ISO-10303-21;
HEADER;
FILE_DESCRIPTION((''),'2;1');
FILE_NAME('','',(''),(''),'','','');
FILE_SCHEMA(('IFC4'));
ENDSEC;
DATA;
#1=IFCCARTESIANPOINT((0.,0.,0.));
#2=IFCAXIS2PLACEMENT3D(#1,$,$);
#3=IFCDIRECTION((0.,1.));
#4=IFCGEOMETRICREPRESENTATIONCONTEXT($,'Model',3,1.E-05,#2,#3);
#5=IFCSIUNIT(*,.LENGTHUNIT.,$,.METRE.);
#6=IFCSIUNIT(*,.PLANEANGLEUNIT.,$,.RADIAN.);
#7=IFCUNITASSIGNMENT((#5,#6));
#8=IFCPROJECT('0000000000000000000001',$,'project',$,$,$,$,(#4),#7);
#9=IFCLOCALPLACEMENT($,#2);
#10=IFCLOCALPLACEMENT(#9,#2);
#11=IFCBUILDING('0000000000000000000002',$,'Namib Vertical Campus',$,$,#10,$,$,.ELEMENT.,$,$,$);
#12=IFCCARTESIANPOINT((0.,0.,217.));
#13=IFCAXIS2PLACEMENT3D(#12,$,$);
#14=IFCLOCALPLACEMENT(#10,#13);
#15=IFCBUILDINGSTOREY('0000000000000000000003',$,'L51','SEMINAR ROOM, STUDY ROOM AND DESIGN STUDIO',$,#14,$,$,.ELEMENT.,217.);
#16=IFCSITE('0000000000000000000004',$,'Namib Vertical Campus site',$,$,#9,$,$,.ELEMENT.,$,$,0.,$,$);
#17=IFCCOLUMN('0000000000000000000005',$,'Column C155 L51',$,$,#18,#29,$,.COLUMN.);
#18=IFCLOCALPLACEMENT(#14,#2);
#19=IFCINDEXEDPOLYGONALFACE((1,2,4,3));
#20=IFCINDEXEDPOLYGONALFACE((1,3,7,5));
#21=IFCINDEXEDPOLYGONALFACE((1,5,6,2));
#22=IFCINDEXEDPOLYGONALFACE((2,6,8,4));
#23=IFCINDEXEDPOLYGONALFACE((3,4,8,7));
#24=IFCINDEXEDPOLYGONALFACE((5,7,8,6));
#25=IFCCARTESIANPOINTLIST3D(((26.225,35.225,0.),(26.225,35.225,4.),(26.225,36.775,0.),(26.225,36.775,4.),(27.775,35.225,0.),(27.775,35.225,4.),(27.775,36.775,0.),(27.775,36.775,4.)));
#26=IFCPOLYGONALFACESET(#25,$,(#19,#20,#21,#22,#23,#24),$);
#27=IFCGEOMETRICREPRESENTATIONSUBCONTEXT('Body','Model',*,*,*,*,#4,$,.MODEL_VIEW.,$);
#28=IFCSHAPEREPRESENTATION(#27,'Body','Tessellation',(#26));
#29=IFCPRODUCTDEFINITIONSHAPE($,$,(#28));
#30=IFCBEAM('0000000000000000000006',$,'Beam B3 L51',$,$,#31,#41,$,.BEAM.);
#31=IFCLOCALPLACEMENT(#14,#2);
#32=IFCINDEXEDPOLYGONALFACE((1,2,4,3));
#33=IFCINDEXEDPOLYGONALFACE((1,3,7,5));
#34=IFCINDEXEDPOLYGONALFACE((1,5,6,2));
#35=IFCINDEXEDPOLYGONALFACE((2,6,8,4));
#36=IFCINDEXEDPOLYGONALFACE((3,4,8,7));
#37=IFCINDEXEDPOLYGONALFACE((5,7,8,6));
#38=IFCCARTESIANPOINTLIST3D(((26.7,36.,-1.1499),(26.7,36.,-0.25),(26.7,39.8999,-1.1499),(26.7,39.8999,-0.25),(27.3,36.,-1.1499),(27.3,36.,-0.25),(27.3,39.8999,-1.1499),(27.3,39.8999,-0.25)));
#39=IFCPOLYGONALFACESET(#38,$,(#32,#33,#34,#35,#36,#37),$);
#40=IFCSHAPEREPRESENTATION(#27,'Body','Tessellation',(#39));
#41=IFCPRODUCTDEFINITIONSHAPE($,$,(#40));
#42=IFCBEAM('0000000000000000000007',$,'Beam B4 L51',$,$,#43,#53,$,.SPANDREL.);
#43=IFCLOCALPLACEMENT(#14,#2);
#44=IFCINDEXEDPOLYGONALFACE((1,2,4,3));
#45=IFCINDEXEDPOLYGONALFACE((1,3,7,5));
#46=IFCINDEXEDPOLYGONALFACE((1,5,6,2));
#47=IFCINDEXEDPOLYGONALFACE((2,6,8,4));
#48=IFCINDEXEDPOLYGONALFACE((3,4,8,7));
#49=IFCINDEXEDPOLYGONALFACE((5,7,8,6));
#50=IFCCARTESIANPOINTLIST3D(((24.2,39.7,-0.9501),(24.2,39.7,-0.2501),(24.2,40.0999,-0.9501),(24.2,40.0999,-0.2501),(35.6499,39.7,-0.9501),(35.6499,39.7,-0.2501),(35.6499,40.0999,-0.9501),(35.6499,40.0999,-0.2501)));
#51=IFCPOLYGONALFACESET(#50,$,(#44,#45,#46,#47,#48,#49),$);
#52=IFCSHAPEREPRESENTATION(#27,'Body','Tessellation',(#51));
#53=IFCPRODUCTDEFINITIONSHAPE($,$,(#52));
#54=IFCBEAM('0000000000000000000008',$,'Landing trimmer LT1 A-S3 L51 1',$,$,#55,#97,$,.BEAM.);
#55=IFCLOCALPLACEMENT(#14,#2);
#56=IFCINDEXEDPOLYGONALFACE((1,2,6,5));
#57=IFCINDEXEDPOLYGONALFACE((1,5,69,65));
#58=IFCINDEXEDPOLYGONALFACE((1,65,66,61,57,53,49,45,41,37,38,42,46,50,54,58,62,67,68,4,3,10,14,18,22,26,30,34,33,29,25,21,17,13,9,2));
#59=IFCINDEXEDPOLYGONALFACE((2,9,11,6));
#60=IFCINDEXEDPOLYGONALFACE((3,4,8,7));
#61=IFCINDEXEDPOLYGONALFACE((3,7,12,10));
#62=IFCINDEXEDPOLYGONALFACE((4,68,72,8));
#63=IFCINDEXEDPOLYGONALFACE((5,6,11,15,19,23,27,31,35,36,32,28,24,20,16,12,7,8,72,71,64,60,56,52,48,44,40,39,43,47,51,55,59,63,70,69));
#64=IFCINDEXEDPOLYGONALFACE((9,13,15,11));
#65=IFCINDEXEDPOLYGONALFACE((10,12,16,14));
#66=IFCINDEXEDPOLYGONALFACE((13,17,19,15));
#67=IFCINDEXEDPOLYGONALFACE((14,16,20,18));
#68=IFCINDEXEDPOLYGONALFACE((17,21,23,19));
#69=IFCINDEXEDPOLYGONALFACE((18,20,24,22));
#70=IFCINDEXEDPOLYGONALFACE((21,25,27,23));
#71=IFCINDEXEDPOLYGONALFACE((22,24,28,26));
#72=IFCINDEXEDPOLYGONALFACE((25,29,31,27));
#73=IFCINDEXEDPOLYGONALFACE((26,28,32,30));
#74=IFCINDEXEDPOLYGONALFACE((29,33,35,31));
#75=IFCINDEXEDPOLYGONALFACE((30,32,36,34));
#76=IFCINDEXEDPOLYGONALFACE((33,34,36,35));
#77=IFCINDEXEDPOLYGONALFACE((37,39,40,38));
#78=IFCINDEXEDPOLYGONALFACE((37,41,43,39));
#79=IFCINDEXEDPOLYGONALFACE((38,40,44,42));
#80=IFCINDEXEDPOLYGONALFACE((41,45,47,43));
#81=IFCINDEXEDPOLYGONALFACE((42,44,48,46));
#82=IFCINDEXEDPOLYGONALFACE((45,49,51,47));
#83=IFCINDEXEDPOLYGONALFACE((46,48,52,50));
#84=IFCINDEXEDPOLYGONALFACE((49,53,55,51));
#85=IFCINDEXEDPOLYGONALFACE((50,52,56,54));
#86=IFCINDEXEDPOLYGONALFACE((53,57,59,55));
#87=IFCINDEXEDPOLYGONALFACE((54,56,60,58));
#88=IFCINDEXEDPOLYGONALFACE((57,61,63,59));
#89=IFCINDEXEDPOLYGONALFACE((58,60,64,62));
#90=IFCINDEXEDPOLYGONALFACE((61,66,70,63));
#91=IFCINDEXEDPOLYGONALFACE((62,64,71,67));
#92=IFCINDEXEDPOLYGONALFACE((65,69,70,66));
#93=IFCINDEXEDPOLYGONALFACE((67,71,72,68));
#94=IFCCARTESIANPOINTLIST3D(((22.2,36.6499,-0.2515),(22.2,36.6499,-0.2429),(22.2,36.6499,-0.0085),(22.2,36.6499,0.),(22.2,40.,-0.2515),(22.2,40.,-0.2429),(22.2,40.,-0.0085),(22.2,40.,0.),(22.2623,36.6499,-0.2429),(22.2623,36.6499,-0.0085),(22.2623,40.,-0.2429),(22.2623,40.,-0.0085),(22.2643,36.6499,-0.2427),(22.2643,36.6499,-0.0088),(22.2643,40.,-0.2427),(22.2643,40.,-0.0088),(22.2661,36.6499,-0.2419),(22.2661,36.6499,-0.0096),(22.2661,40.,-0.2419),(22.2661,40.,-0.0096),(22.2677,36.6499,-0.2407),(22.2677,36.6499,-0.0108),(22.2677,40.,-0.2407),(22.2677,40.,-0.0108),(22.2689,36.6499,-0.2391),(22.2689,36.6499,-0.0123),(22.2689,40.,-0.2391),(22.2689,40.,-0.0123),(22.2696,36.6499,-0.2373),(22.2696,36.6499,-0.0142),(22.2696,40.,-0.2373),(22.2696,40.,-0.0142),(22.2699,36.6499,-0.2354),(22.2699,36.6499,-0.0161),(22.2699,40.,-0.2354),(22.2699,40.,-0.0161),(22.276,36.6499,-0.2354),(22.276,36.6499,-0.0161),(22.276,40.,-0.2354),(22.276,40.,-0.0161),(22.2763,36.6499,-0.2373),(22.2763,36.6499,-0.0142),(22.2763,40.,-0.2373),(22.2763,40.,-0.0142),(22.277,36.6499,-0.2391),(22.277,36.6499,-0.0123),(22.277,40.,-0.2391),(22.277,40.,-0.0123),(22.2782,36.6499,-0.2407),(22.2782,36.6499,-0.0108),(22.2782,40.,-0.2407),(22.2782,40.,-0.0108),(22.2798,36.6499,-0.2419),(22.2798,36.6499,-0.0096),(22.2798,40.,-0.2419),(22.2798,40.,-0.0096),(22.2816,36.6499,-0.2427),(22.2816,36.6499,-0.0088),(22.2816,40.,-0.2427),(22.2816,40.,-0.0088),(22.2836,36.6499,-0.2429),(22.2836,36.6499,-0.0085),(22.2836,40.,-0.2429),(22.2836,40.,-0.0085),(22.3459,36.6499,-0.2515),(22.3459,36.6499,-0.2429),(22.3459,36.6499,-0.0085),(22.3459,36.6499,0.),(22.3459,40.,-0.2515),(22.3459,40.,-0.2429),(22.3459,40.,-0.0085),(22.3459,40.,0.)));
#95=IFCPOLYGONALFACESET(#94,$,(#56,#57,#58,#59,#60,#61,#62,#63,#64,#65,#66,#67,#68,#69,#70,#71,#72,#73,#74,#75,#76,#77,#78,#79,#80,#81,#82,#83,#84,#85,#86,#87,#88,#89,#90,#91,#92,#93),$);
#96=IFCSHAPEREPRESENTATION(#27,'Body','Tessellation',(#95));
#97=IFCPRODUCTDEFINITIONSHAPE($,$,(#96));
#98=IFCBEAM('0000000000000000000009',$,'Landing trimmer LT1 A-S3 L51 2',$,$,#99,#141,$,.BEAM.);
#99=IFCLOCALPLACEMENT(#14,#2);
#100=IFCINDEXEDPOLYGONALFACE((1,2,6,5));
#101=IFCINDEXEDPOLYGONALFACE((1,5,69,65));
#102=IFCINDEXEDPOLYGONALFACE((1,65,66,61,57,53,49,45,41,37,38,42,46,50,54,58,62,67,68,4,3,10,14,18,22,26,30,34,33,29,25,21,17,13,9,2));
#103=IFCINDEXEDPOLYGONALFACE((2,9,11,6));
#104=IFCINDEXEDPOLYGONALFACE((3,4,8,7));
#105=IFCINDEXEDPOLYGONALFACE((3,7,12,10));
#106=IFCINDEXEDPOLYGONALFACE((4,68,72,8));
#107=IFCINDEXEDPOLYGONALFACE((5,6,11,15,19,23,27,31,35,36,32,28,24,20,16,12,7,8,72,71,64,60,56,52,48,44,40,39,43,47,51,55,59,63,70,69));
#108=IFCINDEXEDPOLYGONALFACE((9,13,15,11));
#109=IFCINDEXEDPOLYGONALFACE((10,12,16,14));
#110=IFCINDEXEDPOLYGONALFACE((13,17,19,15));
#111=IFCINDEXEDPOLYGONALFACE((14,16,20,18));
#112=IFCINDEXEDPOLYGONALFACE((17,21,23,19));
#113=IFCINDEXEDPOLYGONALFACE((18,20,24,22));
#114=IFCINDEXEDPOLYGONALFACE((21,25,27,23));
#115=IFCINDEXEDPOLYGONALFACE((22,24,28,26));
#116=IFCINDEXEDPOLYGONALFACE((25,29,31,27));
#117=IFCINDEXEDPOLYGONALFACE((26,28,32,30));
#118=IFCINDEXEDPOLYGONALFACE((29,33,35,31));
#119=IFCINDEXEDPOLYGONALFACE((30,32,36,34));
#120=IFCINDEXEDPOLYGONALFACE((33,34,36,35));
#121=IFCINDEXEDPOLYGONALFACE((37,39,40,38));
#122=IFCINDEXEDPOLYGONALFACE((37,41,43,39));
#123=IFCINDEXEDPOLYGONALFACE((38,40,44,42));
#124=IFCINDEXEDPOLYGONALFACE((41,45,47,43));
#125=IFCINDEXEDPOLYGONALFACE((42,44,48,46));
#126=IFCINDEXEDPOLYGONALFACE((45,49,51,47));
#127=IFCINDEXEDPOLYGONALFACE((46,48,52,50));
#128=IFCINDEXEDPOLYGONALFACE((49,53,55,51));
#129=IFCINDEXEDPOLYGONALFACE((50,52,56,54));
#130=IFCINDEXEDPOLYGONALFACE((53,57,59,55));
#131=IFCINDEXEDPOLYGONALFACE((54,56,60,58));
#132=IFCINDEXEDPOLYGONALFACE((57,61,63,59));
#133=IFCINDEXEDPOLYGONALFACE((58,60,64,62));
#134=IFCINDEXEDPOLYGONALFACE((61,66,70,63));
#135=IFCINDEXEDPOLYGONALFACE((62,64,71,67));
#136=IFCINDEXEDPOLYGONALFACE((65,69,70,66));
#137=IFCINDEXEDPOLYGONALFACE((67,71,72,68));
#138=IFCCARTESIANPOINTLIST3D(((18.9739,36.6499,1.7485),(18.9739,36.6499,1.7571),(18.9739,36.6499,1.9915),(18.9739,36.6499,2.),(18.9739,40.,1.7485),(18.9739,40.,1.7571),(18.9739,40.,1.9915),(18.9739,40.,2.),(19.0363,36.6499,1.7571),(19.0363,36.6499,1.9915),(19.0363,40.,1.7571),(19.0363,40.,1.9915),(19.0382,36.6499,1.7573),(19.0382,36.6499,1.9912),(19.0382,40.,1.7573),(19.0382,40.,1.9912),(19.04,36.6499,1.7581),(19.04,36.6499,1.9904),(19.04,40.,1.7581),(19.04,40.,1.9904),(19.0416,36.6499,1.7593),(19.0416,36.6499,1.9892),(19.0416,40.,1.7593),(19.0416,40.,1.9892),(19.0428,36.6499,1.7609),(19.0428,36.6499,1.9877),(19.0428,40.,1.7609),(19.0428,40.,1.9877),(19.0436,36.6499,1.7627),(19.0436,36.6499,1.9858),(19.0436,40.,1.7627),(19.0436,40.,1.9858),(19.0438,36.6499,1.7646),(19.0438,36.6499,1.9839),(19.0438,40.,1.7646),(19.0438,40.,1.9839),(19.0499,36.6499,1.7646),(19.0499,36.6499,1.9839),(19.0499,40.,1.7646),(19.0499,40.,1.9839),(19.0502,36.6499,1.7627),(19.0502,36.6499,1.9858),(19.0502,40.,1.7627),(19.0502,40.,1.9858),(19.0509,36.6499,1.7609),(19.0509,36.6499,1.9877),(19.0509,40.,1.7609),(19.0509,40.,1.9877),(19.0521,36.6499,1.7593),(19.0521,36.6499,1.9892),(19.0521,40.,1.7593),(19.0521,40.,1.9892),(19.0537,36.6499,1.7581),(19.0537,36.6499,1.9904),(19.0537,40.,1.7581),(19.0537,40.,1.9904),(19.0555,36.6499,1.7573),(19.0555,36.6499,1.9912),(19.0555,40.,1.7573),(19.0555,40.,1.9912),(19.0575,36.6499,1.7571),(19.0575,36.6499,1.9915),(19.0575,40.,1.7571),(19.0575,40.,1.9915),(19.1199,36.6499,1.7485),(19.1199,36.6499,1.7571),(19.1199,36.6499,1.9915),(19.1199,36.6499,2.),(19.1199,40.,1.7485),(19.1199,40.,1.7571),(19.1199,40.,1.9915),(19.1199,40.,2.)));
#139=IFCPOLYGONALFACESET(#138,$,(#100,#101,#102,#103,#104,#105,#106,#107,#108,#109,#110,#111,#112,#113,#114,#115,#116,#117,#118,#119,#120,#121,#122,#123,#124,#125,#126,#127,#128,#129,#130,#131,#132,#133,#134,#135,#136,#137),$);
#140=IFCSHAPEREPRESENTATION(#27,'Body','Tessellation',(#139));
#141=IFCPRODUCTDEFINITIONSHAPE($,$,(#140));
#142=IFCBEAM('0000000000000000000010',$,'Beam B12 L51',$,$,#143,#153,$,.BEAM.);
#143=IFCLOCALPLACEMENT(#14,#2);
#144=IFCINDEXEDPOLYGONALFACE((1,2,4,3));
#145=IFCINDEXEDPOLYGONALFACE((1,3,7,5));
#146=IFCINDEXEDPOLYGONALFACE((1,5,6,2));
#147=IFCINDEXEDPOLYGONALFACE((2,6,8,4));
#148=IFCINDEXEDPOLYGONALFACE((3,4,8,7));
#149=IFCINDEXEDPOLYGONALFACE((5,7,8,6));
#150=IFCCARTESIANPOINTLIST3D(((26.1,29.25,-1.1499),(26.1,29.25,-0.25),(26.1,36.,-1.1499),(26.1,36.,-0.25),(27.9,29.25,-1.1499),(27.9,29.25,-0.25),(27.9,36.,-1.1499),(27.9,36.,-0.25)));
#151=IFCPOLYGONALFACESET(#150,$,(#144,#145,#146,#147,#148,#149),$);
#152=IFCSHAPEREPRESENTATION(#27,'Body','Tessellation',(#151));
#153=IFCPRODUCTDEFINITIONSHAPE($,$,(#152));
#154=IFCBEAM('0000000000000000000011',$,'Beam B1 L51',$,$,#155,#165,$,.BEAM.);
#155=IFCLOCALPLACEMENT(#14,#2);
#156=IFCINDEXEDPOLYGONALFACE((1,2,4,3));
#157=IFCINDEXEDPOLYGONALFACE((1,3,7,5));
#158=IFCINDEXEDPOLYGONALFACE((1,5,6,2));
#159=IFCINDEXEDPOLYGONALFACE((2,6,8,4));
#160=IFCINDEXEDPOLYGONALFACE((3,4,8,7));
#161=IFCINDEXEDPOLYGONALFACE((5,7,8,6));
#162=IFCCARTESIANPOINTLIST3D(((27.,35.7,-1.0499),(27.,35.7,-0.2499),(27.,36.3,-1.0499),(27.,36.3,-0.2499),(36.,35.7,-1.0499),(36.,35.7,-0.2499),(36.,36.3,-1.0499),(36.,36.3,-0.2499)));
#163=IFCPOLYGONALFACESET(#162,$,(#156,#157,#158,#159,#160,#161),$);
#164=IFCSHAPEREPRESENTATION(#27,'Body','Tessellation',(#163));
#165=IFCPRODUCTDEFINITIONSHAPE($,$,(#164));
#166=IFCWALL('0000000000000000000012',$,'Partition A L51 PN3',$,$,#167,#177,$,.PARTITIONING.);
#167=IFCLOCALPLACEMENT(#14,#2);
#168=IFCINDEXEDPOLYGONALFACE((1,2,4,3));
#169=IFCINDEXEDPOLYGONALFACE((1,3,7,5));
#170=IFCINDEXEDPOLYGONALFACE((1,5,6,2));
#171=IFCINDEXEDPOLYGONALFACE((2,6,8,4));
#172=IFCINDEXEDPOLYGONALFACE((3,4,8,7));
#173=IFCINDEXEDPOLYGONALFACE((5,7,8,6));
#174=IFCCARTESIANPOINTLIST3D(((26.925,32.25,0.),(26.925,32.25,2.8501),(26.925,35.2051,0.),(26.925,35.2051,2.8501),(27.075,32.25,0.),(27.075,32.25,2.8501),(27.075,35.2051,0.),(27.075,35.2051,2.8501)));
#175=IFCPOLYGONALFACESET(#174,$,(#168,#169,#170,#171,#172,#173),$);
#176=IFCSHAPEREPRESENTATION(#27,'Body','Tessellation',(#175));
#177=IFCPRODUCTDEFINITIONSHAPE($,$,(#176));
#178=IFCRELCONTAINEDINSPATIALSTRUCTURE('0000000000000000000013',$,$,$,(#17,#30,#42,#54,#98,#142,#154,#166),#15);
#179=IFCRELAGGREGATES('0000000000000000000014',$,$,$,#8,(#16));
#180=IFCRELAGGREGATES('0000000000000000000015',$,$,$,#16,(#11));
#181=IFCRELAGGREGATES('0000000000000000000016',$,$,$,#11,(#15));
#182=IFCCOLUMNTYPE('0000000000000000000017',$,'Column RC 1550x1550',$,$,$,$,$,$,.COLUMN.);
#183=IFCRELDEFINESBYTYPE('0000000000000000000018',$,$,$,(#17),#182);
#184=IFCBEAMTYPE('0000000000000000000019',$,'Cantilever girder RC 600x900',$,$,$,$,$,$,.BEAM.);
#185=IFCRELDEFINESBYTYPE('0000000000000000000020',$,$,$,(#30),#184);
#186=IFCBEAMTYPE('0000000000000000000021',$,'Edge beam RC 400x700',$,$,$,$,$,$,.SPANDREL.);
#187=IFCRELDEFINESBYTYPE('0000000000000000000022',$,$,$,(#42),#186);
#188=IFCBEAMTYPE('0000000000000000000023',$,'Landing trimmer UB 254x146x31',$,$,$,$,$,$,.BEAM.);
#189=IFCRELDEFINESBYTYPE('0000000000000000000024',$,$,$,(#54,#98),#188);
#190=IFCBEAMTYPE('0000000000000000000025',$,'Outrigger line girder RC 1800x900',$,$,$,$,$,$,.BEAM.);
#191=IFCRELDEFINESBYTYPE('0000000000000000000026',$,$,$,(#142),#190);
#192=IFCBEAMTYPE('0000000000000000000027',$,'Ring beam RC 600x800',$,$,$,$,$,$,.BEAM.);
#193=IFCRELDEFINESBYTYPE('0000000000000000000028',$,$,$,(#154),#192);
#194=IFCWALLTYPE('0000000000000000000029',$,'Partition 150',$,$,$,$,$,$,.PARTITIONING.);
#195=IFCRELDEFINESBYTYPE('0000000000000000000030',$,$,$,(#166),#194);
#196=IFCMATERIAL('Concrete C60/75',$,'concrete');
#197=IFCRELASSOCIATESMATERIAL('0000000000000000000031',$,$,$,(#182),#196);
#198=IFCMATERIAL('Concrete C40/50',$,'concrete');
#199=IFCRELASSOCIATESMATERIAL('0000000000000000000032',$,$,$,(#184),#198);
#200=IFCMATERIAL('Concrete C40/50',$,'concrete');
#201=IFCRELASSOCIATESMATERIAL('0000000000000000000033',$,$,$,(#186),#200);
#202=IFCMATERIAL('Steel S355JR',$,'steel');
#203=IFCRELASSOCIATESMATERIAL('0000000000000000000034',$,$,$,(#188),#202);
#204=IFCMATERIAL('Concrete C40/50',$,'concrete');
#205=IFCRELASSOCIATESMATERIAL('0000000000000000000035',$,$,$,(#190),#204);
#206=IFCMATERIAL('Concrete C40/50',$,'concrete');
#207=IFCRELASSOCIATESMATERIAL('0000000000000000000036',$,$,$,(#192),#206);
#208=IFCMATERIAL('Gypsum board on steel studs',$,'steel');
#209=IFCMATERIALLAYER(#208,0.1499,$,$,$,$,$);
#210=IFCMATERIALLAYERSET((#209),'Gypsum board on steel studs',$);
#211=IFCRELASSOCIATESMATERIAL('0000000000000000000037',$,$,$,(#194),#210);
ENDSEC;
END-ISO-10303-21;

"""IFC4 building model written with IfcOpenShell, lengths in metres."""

from ifc_helpers import new_model, si_unit, direction, frame, frame_2d, origin, origin_2d, place, context, subcontext, project, spatial, rectangle, i_section, extrude, material, layer, layer_set, material_profile, profile_set, type_object, element, save


model = new_model("IFC4")

# Units and contexts
model_context = context("Model", 3, precision=1e-05, world=origin(), true_north=direction((0.0, 1.0)))
body_context = subcontext(model_context, "Body", "Model", "MODEL_VIEW")
ifc_project = project(units=[si_unit("LENGTHUNIT", "METRE"), si_unit("PLANEANGLEUNIT", "RADIAN")], contexts=[model_context])

# Site, building, storey
site_placement = place(None, origin())
site = spatial("IfcSite", under=ifc_project, at=site_placement, Name="Namib Vertical Campus site", CompositionType="ELEMENT", RefElevation=0.0)
building_placement = place(site_placement, origin())
building = spatial("IfcBuilding", under=site, at=building_placement, Name="Namib Vertical Campus", CompositionType="ELEMENT")
storey_placement = place(building_placement, frame((0.0, 0.0, 217.0)))
storey = spatial("IfcBuildingStorey", under=building, at=storey_placement, Name="L51", Description="SEMINAR ROOM, STUDY ROOM AND DESIGN STUDIO", CompositionType="ELEMENT", Elevation=217.0)

# Column
ifc_material_1 = material(Name="Concrete C60/75", Category="concrete")
ifc_material_profile_1 = material_profile(ifc_material_1, rectangle(XDim=1.55, YDim=1.55, at=origin_2d()))
ifc_profile_set_1 = profile_set([ifc_material_profile_1], Name="Concrete C60/75")
column_type = type_object("IfcColumnType", Name="Column RC 1550x1550", PredefinedType="COLUMN", material=ifc_profile_set_1)
column_placement = place(storey_placement, frame((27.0, 36.0, 0.0), z_axis=(0.0, 0.0, 1.0), x_axis=(1.0, 0.0, 0.0)))
element("IfcColumn", 1, at=column_placement, inside=storey, type_object=column_type, Name="Column C155 L51", PredefinedType="COLUMN", context=body_context, shape_type="SweptSolid", body=[
    extrude(rectangle(XDim=1.55, YDim=1.55, at=origin_2d()), origin(), (0.0, 0.0, 1.0), 4.0),
])

# Beams
ifc_material_2 = material(Name="Concrete C40/50", Category="concrete")
ifc_material_profile_2 = material_profile(ifc_material_2, rectangle(XDim=0.6001, YDim=0.8999, at=origin_2d()))
ifc_profile_set_2 = profile_set([ifc_material_profile_2], Name="Concrete C40/50")
beam_type_1 = type_object("IfcBeamType", Name="Cantilever girder RC 600x900", PredefinedType="BEAM", material=ifc_profile_set_2)
beam_1_placement = place(storey_placement, frame((27.0, 36.0, -0.7), z_axis=(0.0, 1.0, 0.0), x_axis=(-1.0, 0.0, 0.0)))
element("IfcBeam", 2, at=beam_1_placement, inside=storey, type_object=beam_type_1, Name="Beam B3 L51", PredefinedType="BEAM", context=body_context, shape_type="SweptSolid", body=[
    extrude(rectangle(XDim=0.6001, YDim=0.8999, at=origin_2d()), origin(), (0.0, 0.0, 1.0), 3.8999),
])
ifc_material_3 = material(Name="Concrete C40/50", Category="concrete")
ifc_material_profile_3 = material_profile(ifc_material_3, rectangle(XDim=0.3999, YDim=0.7, at=origin_2d()))
ifc_profile_set_3 = profile_set([ifc_material_profile_3], Name="Concrete C40/50")
beam_type_2 = type_object("IfcBeamType", Name="Edge beam RC 400x700", PredefinedType="SPANDREL", material=ifc_profile_set_3)
beam_2_placement = place(storey_placement, frame((24.2, 39.8999, -0.6001), z_axis=(1.0, 0.0, 0.0), x_axis=(0.0, 1.0, 0.0)))
element("IfcBeam", 3, at=beam_2_placement, inside=storey, type_object=beam_type_2, Name="Beam B4 L51", PredefinedType="SPANDREL", context=body_context, shape_type="SweptSolid", body=[
    extrude(rectangle(XDim=0.3999, YDim=0.7, at=origin_2d()), origin(), (0.0, 0.0, 1.0), 11.45),
])
ifc_material_4 = material(Name="Steel S355JR", Category="steel")
ifc_material_profile_4 = material_profile(ifc_material_4, i_section(OverallWidth=0.146, OverallDepth=0.2515, WebThickness=0.0061, FlangeThickness=0.0085, FilletRadius=0.0076, at=origin_2d()))
ifc_profile_set_4 = profile_set([ifc_material_profile_4], Name="Steel S355JR")
beam_type_3 = type_object("IfcBeamType", Name="Landing trimmer UB 254x146x31", PredefinedType="BEAM", material=ifc_profile_set_4)
for number, where, z_axis, x_axis, name in (
    (4, (22.2729, 36.6499, -0.1257), (0.0, 1.0, 0.0), (-1.0, 0.0, 0.0), "Landing trimmer LT1 A-S3 L51 1"),
    (5, (19.0469, 36.6499, 1.8743), (0.0, 1.0, 0.0), (-1.0, 0.0, 0.0), "Landing trimmer LT1 A-S3 L51 2"),
):
    element("IfcBeam", number, at=place(storey_placement, frame(where, z_axis=z_axis, x_axis=x_axis)), inside=storey, type_object=beam_type_3, Name=name, PredefinedType="BEAM", context=body_context, shape_type="SweptSolid", body=[
        extrude(i_section(OverallWidth=0.146, OverallDepth=0.2515, WebThickness=0.0061, FlangeThickness=0.0085, FilletRadius=0.0076, at=origin_2d()), origin(), (0.0, 0.0, 1.0), 3.3501),
    ])
ifc_material_5 = material(Name="Concrete C40/50", Category="concrete")
ifc_material_profile_5 = material_profile(ifc_material_5, rectangle(XDim=1.8, YDim=0.8999, at=origin_2d()))
ifc_profile_set_5 = profile_set([ifc_material_profile_5], Name="Concrete C40/50")
beam_type_4 = type_object("IfcBeamType", Name="Outrigger line girder RC 1800x900", PredefinedType="BEAM", material=ifc_profile_set_5)
beam_3_placement = place(storey_placement, frame((27.0, 36.0, -0.7), z_axis=(0.0, -1.0, 0.0), x_axis=(1.0, 0.0, 0.0)))
element("IfcBeam", 6, at=beam_3_placement, inside=storey, type_object=beam_type_4, Name="Beam B12 L51", PredefinedType="BEAM", context=body_context, shape_type="SweptSolid", body=[
    extrude(rectangle(XDim=1.8, YDim=0.8999, at=origin_2d()), origin(), (0.0, 0.0, 1.0), 6.75),
])
ifc_material_6 = material(Name="Concrete C40/50", Category="concrete")
ifc_material_profile_6 = material_profile(ifc_material_6, rectangle(XDim=0.6001, YDim=0.8, at=origin_2d()))
ifc_profile_set_6 = profile_set([ifc_material_profile_6], Name="Concrete C40/50")
beam_type_5 = type_object("IfcBeamType", Name="Ring beam RC 600x800", PredefinedType="BEAM", material=ifc_profile_set_6)
beam_4_placement = place(storey_placement, frame((27.0, 36.0, -0.6499), z_axis=(1.0, 0.0, 0.0), x_axis=(0.0, 1.0, 0.0)))
element("IfcBeam", 7, at=beam_4_placement, inside=storey, type_object=beam_type_5, Name="Beam B1 L51", PredefinedType="BEAM", context=body_context, shape_type="SweptSolid", body=[
    extrude(rectangle(XDim=0.6001, YDim=0.8, at=origin_2d()), origin(), (0.0, 0.0, 1.0), 9.0),
])

# Wall
ifc_material_7 = material(Name="Gypsum board on steel studs", Category="steel")
ifc_layer_1 = layer(ifc_material_7, 0.1499)
ifc_layer_set_1 = layer_set([ifc_layer_1], Name="Gypsum board on steel studs")
wall_type_1 = type_object("IfcWallType", Name="Partition 150", PredefinedType="PARTITIONING", material=ifc_layer_set_1)
wall_1_placement = place(storey_placement, frame((27.0, 32.25, 0.0), z_axis=(0.0, 0.0, 1.0), x_axis=(0.0, 1.0, 0.0)))
element("IfcWall", 8, at=wall_1_placement, inside=storey, type_object=wall_type_1, Name="Partition A L51 PN3", PredefinedType="PARTITIONING", context=body_context, shape_type="SweptSolid", body=[
    extrude(rectangle(XDim=2.9551, YDim=0.1499, at=frame_2d((1.4775, 0.0))), origin(), (0.0, 0.0, 1.0), 2.8501),
])

save(model, "model.ifc")
